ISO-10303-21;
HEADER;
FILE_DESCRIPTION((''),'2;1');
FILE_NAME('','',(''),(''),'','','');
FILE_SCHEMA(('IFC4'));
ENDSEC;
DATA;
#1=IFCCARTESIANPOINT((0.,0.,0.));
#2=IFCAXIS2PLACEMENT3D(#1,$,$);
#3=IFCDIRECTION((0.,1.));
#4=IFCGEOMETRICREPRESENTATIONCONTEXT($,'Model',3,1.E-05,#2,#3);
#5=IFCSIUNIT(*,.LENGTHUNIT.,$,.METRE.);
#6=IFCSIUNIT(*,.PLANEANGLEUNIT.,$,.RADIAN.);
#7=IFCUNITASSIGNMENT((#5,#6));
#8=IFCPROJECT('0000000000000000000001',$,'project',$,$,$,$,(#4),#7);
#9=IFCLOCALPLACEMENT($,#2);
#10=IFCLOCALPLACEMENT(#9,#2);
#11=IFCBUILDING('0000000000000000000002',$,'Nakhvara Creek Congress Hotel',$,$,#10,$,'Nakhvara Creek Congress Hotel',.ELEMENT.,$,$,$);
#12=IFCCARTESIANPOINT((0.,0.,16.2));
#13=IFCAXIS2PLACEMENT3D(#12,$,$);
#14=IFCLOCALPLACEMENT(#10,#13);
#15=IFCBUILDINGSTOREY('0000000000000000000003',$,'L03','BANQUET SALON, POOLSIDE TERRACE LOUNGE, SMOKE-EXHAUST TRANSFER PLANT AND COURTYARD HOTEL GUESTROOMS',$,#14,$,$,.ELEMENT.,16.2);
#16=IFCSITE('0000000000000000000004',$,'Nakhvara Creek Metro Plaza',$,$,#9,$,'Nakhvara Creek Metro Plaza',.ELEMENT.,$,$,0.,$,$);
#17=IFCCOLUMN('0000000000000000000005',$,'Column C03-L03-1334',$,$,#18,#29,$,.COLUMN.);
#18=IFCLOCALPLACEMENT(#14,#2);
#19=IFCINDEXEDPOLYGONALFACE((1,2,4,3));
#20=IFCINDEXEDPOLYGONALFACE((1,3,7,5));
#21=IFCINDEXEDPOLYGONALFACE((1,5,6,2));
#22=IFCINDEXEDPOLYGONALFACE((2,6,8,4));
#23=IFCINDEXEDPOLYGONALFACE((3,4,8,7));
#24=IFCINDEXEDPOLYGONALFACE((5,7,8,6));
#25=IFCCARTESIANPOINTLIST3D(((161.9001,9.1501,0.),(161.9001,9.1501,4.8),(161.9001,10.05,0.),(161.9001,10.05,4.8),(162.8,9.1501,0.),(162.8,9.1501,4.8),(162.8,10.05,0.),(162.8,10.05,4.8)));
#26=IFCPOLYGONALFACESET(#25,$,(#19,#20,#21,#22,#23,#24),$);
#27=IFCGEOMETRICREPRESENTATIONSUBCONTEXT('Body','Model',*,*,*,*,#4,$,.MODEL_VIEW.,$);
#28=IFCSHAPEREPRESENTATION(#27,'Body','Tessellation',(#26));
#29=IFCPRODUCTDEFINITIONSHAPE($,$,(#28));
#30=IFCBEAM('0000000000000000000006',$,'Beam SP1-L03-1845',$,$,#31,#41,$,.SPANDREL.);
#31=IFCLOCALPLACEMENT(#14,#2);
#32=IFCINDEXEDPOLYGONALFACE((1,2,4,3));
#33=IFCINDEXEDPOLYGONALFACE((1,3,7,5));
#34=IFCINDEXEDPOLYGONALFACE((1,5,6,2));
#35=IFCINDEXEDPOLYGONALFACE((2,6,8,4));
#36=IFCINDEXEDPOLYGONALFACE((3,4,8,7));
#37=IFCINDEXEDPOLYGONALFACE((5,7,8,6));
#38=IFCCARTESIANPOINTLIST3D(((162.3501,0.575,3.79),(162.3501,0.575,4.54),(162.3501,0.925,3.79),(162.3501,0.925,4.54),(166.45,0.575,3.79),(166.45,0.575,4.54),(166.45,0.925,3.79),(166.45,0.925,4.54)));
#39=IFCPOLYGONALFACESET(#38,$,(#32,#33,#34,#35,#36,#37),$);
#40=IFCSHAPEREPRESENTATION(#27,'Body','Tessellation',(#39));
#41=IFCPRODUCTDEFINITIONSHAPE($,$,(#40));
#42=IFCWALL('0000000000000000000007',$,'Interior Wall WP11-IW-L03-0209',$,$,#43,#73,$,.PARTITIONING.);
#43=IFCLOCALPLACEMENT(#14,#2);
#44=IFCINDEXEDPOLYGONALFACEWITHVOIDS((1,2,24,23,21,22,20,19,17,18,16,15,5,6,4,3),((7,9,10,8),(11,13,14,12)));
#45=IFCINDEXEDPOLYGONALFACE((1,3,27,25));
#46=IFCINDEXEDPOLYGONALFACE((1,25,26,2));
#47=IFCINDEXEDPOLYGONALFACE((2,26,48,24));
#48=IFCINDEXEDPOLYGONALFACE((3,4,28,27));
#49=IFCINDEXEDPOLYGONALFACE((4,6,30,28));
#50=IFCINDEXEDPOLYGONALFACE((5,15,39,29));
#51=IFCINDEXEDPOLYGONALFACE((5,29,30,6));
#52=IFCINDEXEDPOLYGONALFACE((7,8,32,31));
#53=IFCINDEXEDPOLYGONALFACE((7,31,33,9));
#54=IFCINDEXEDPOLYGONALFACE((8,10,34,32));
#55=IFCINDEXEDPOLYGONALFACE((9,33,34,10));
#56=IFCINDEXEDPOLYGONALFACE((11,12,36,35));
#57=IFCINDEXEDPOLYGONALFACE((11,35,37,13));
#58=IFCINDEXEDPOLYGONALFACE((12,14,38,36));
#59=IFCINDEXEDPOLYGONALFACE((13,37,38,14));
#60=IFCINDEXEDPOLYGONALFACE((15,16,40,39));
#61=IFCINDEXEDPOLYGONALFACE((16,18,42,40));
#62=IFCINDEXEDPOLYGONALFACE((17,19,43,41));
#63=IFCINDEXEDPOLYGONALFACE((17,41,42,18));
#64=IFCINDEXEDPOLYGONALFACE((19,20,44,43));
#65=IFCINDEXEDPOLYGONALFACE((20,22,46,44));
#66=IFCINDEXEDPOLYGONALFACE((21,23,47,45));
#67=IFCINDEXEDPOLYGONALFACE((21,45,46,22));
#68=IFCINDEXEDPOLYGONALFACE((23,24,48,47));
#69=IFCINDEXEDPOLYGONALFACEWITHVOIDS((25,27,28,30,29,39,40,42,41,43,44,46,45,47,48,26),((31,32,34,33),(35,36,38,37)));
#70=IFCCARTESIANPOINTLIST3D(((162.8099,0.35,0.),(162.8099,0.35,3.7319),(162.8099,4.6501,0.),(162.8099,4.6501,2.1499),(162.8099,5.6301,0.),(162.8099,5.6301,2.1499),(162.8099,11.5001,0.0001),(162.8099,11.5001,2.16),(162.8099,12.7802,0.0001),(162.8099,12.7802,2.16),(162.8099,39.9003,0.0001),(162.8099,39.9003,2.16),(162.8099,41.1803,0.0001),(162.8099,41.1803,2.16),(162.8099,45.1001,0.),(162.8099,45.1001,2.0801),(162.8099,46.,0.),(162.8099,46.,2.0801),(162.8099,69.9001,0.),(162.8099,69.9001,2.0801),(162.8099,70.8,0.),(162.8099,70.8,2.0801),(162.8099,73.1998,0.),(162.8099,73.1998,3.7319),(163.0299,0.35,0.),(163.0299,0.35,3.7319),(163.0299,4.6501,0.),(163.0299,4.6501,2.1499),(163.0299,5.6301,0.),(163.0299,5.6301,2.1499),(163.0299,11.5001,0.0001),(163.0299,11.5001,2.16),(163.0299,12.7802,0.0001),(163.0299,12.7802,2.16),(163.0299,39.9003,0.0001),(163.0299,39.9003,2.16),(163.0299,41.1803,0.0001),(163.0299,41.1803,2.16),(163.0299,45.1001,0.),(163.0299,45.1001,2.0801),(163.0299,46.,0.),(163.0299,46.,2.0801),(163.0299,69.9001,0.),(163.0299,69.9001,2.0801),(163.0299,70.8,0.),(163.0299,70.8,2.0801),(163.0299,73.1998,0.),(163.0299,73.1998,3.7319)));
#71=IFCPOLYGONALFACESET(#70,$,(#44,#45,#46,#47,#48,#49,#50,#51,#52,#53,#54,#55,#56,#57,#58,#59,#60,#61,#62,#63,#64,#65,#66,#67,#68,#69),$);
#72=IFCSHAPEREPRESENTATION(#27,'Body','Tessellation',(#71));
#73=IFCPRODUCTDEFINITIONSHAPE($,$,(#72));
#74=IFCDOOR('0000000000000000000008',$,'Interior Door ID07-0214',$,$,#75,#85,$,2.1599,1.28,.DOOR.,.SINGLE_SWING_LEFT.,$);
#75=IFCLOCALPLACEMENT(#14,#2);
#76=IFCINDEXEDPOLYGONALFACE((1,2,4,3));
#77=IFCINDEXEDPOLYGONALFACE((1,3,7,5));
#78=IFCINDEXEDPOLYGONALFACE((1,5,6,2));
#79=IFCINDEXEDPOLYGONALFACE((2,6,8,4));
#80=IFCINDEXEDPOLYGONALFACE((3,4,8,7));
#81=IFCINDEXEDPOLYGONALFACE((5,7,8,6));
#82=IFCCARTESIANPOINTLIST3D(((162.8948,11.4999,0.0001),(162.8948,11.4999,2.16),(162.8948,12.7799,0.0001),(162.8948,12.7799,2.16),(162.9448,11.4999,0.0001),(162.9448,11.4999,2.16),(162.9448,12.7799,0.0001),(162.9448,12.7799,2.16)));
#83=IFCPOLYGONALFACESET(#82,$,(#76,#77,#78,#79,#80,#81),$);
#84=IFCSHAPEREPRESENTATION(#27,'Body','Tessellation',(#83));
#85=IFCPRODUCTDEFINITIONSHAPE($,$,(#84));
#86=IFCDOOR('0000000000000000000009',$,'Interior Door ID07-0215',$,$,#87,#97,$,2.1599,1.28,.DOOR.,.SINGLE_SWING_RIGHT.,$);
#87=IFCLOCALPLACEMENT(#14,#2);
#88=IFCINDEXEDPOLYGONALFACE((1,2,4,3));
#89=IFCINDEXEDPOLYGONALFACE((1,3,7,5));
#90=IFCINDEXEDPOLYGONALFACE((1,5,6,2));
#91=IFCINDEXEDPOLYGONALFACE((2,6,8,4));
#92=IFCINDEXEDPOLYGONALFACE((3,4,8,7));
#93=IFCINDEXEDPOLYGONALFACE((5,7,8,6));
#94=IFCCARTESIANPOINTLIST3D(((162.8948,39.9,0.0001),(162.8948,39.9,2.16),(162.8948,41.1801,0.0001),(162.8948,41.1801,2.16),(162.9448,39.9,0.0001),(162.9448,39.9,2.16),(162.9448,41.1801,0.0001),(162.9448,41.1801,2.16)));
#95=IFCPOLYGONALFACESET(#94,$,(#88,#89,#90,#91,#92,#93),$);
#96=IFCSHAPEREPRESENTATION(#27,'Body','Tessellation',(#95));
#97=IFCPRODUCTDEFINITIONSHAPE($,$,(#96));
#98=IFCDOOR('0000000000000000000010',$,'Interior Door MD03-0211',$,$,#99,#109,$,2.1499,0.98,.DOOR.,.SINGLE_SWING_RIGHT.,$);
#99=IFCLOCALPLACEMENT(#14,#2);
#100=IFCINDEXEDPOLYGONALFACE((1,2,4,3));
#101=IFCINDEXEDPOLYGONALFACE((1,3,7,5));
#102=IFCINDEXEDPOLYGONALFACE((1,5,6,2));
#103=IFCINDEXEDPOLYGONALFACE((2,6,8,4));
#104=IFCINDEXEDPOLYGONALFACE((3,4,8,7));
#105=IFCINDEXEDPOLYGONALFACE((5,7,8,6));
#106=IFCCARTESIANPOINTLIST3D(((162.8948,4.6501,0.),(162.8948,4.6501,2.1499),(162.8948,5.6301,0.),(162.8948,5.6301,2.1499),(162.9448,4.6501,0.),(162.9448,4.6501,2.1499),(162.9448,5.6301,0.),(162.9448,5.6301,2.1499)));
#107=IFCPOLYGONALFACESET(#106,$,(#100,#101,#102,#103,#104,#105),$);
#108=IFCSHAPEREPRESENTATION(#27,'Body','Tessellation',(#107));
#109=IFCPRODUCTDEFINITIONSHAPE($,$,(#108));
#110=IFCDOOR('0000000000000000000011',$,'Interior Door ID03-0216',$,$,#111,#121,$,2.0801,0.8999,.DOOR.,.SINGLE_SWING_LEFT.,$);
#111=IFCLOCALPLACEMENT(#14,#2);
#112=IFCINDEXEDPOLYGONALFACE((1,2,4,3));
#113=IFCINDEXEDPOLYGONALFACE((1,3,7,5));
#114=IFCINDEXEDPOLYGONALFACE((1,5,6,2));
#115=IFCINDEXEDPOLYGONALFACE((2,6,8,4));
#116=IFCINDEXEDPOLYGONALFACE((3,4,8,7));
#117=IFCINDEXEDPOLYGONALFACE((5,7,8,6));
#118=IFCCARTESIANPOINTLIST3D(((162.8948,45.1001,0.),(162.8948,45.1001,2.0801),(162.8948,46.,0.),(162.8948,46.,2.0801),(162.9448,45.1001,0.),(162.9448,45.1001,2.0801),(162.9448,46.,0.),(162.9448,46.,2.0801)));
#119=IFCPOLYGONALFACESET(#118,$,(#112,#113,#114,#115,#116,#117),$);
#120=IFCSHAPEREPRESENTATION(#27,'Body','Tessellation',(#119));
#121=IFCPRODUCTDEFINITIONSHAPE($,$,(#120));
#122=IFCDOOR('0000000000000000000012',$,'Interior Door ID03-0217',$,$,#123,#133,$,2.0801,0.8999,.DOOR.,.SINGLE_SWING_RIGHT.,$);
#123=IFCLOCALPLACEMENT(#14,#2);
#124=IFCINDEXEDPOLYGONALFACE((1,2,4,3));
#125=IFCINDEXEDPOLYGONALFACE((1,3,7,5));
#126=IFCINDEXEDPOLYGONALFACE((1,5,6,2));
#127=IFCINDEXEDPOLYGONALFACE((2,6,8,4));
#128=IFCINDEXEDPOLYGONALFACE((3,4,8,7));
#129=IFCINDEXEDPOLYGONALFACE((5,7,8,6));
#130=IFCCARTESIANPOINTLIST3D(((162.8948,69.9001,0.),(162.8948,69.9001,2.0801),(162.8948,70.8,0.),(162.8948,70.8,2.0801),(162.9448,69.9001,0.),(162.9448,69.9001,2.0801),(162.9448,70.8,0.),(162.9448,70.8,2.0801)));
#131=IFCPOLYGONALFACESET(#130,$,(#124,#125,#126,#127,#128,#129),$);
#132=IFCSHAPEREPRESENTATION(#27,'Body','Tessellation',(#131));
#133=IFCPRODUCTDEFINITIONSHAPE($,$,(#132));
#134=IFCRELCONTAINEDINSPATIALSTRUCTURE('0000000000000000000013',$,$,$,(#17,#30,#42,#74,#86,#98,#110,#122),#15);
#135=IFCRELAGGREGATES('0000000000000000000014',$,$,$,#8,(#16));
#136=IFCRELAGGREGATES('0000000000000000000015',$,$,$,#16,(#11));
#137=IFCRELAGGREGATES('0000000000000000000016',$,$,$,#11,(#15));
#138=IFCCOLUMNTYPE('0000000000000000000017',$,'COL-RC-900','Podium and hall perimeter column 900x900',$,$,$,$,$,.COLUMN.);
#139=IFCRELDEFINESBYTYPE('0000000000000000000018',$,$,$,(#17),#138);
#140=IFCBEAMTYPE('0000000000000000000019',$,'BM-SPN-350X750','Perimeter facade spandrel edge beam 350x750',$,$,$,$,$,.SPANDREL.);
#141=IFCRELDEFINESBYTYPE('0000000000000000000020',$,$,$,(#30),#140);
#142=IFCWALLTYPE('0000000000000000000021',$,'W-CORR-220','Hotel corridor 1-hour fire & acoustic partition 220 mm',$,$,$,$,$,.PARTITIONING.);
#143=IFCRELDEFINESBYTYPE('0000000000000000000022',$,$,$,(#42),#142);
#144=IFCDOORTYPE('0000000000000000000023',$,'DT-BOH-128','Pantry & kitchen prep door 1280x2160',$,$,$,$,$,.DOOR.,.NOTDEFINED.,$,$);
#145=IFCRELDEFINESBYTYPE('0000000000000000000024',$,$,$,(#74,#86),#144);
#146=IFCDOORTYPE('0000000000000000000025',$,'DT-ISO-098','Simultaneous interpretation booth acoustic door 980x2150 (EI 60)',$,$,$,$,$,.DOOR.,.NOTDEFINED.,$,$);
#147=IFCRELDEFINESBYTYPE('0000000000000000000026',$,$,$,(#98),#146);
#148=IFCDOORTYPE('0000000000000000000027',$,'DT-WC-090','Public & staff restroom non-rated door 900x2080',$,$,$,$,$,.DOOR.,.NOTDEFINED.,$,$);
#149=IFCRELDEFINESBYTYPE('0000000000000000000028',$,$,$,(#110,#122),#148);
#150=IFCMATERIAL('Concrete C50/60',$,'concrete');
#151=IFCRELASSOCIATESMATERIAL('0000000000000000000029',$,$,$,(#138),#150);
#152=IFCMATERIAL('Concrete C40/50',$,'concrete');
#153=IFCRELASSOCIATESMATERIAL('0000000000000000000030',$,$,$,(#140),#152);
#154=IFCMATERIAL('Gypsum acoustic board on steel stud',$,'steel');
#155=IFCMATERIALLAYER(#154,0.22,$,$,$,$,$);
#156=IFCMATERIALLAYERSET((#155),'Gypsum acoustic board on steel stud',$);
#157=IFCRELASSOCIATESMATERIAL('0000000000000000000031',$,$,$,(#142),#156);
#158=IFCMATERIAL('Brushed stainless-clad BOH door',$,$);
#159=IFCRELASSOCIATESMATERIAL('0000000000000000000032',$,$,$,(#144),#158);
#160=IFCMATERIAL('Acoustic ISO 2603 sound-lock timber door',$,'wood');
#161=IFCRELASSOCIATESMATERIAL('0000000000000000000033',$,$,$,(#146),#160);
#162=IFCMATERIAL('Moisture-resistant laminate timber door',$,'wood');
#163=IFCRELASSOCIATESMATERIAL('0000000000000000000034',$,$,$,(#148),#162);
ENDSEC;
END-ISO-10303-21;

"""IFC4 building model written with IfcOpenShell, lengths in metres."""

from ifc_helpers import new_model, si_unit, direction, frame, frame_2d, origin, origin_2d, place, context, subcontext, project, spatial, rectangle, extrude, material, layer, layer_set, material_profile, profile_set, type_object, element, fill, save


model = new_model("IFC4")

# Units and contexts
model_context = context("Model", 3, precision=1e-05, world=origin(), true_north=direction((0.0, 1.0)))
body_context = subcontext(model_context, "Body", "Model", "MODEL_VIEW")
ifc_project = project(units=[si_unit("LENGTHUNIT", "METRE"), si_unit("PLANEANGLEUNIT", "RADIAN")], contexts=[model_context])

# Site, building, storey
site_placement = place(None, origin())
site = spatial("IfcSite", under=ifc_project, at=site_placement, Name="Nakhvara Creek Metro Plaza", LongName="Nakhvara Creek Metro Plaza", CompositionType="ELEMENT", RefElevation=0.0)
building_placement = place(site_placement, origin())
building = spatial("IfcBuilding", under=site, at=building_placement, Name="Nakhvara Creek Congress Hotel", LongName="Nakhvara Creek Congress Hotel", CompositionType="ELEMENT")
storey_placement = place(building_placement, frame((0.0, 0.0, 16.2)))
storey = spatial("IfcBuildingStorey", under=building, at=storey_placement, Name="L03", Description="BANQUET SALON, POOLSIDE TERRACE LOUNGE, SMOKE-EXHAUST TRANSFER PLANT AND COURTYARD HOTEL GUESTROOMS", CompositionType="ELEMENT", Elevation=16.2)

# Column
ifc_material_1 = material(Name="Concrete C50/60", Category="concrete")
ifc_material_profile_1 = material_profile(ifc_material_1, rectangle(XDim=0.8999, YDim=0.8999, at=origin_2d()), Name="RC-COL 900x900", Category="LoadBearing")
ifc_profile_set_1 = profile_set([ifc_material_profile_1], Name="Concrete C50/60")
column_type = type_object("IfcColumnType", Name="COL-RC-900", Description="Podium and hall perimeter column 900x900", PredefinedType="COLUMN", material=ifc_profile_set_1)
column_placement = place(storey_placement, frame((162.3501, 9.6001, 0.0), z_axis=(0.0, 0.0, 1.0), x_axis=(1.0, 0.0, 0.0)))
element("IfcColumn", 1, at=column_placement, inside=storey, type_object=column_type, Name="Column C03-L03-1334", PredefinedType="COLUMN", context=body_context, shape_type="SweptSolid", body=[
    extrude(rectangle(XDim=0.8999, YDim=0.8999, at=origin_2d()), origin(), (0.0, 0.0, 1.0), 4.8),
])

# Beam
ifc_material_2 = material(Name="Concrete C40/50", Category="concrete")
ifc_material_profile_2 = material_profile(ifc_material_2, rectangle(XDim=0.3501, YDim=0.75, at=origin_2d()), Name="RC-SPANDREL 350x750", Category="LoadBearing")
ifc_profile_set_2 = profile_set([ifc_material_profile_2], Name="Concrete C40/50")
beam_type = type_object("IfcBeamType", Name="BM-SPN-350X750", Description="Perimeter facade spandrel edge beam 350x750", PredefinedType="SPANDREL", material=ifc_profile_set_2)
beam_placement = place(storey_placement, frame((162.3501, 0.75, 4.165), z_axis=(1.0, 0.0, 0.0), x_axis=(0.0, 1.0, 0.0)))
element("IfcBeam", 2, at=beam_placement, inside=storey, type_object=beam_type, Name="Beam SP1-L03-1845", PredefinedType="SPANDREL", context=body_context, shape_type="SweptSolid", body=[
    extrude(rectangle(XDim=0.3501, YDim=0.75, at=origin_2d()), origin(), (0.0, 0.0, 1.0), 4.0999),
])

# Wall, openings, doors
ifc_material_3 = material(Name="Gypsum acoustic board on steel stud", Category="steel")
ifc_layer_1 = layer(ifc_material_3, 0.22)
ifc_layer_set_1 = layer_set([ifc_layer_1], Name="Gypsum acoustic board on steel stud")
wall_type_1 = type_object("IfcWallType", Name="W-CORR-220", Description="Hotel corridor 1-hour fire & acoustic partition 220 mm", PredefinedType="PARTITIONING", material=ifc_layer_set_1)
wall_1_placement = place(storey_placement, frame((162.9199, 0.3501, 0.0), z_axis=(0.0, 0.0, 1.0), x_axis=(0.0, 1.0, 0.0)))
wall_1 = element("IfcWall", 3, at=wall_1_placement, inside=storey, type_object=wall_type_1, Name="Interior Wall WP11-IW-L03-0209", PredefinedType="PARTITIONING", context=body_context, shape_type="SweptSolid", body=[
    extrude(rectangle(XDim=72.8499, YDim=0.22, at=frame_2d((36.4248, 0.0))), origin(), (0.0, 0.0, 1.0), 3.7319),
])
opening_1_placement = place(wall_1_placement, frame((4.3, 0.0, 0.0)))
opening_1 = element("IfcOpeningElement", 4, at=opening_1_placement, cuts=wall_1, PredefinedType="OPENING", context=body_context, shape_type="SweptSolid", body=[
    extrude(rectangle(XDim=0.98, YDim=2.1499, at=frame_2d((0.49, 1.075))), frame((0.0, 0.1221, 0.0), z_axis=(0.0, -1.0, 0.0), x_axis=(1.0, 0.0, 0.0)), (0.0, 0.0, 1.0), 0.2439),
])
opening_2_placement = place(wall_1_placement, frame((11.1499, 0.0, 0.0)))
opening_2 = element("IfcOpeningElement", 5, at=opening_2_placement, cuts=wall_1, PredefinedType="OPENING", context=body_context, shape_type="SweptSolid", body=[
    extrude(rectangle(XDim=1.28, YDim=2.1599, at=frame_2d((0.6401, 1.0801))), frame((0.0, 0.1221, 0.0), z_axis=(0.0, -1.0, 0.0), x_axis=(1.0, 0.0, 0.0)), (0.0, 0.0, 1.0), 0.2439),
])
opening_3_placement = place(wall_1_placement, frame((39.55, 0.0, 0.0)))
opening_3 = element("IfcOpeningElement", 6, at=opening_3_placement, cuts=wall_1, PredefinedType="OPENING", context=body_context, shape_type="SweptSolid", body=[
    extrude(rectangle(XDim=1.28, YDim=2.1599, at=frame_2d((0.6401, 1.0801))), frame((0.0, 0.1221, 0.0), z_axis=(0.0, -1.0, 0.0), x_axis=(1.0, 0.0, 0.0)), (0.0, 0.0, 1.0), 0.2439),
])
opening_4_placement = place(wall_1_placement, frame((44.75, 0.0, 0.0)))
opening_4 = element("IfcOpeningElement", 7, at=opening_4_placement, cuts=wall_1, PredefinedType="OPENING", context=body_context, shape_type="SweptSolid", body=[
    extrude(rectangle(XDim=0.8999, YDim=2.0801, at=frame_2d((0.45, 1.04))), frame((0.0, 0.1221, 0.0), z_axis=(0.0, -1.0, 0.0), x_axis=(1.0, 0.0, 0.0)), (0.0, 0.0, 1.0), 0.2439),
])
opening_5_placement = place(wall_1_placement, frame((69.55, 0.0, 0.0)))
opening_5 = element("IfcOpeningElement", 8, at=opening_5_placement, cuts=wall_1, PredefinedType="OPENING", context=body_context, shape_type="SweptSolid", body=[
    extrude(rectangle(XDim=0.8999, YDim=2.0801, at=frame_2d((0.45, 1.04))), frame((0.0, 0.1221, 0.0), z_axis=(0.0, -1.0, 0.0), x_axis=(1.0, 0.0, 0.0)), (0.0, 0.0, 1.0), 0.2439),
])
ifc_material_4 = material(Name="Brushed stainless-clad BOH door")
door_type_1 = type_object("IfcDoorType", Name="DT-BOH-128", Description="Pantry & kitchen prep door 1280x2160", OperationType="NOTDEFINED", PredefinedType="DOOR", material=ifc_material_4)
door_1_placement = place(opening_2_placement, frame((1.28, 0.0, 0.0), z_axis=(0.0, 0.0, 1.0), x_axis=(-1.0, 0.0, 0.0)))
door_1 = element("IfcDoor", 9, at=door_1_placement, inside=storey, type_object=door_type_1, Name="Interior Door ID07-0214", OperationType="SINGLE_SWING_LEFT", OverallHeight=2.1599, OverallWidth=1.28, PredefinedType="DOOR", context=body_context, shape_type="SweptSolid", body=[
    extrude(rectangle(XDim=1.28, YDim=2.1599, at=frame_2d((0.6401, 1.0801))), frame((0.0, 0.0249, 0.0), z_axis=(0.0, -1.0, 0.0), x_axis=(1.0, 0.0, 0.0)), (0.0, 0.0, 1.0), 0.05),
])
fill(opening_2, door_1)
door_2_placement = place(opening_3_placement, frame((1.28, 0.0, 0.0), z_axis=(0.0, 0.0, 1.0), x_axis=(-1.0, 0.0, 0.0)))
door_2 = element("IfcDoor", 10, at=door_2_placement, inside=storey, type_object=door_type_1, Name="Interior Door ID07-0215", OperationType="SINGLE_SWING_RIGHT", OverallHeight=2.1599, OverallWidth=1.28, PredefinedType="DOOR", context=body_context, shape_type="SweptSolid", body=[
    extrude(rectangle(XDim=1.28, YDim=2.1599, at=frame_2d((0.6401, 1.0801))), frame((0.0, 0.0249, 0.0), z_axis=(0.0, -1.0, 0.0), x_axis=(1.0, 0.0, 0.0)), (0.0, 0.0, 1.0), 0.05),
])
fill(opening_3, door_2)
ifc_material_5 = material(Name="Acoustic ISO 2603 sound-lock timber door", Category="wood")
door_type_2 = type_object("IfcDoorType", Name="DT-ISO-098", Description="Simultaneous interpretation booth acoustic door 980x2150 (EI 60)", OperationType="NOTDEFINED", PredefinedType="DOOR", material=ifc_material_5)
door_3_placement = place(opening_1_placement, frame((0.98, 0.0, 0.0), z_axis=(0.0, 0.0, 1.0), x_axis=(-1.0, 0.0, 0.0)))
door_3 = element("IfcDoor", 11, at=door_3_placement, inside=storey, type_object=door_type_2, Name="Interior Door MD03-0211", OperationType="SINGLE_SWING_RIGHT", OverallHeight=2.1499, OverallWidth=0.98, PredefinedType="DOOR", context=body_context, shape_type="SweptSolid", body=[
    extrude(rectangle(XDim=0.98, YDim=2.1499, at=frame_2d((0.49, 1.075))), frame((0.0, 0.0249, 0.0), z_axis=(0.0, -1.0, 0.0), x_axis=(1.0, 0.0, 0.0)), (0.0, 0.0, 1.0), 0.05),
])
fill(opening_1, door_3)
ifc_material_6 = material(Name="Moisture-resistant laminate timber door", Category="wood")
door_type_3 = type_object("IfcDoorType", Name="DT-WC-090", Description="Public & staff restroom non-rated door 900x2080", OperationType="NOTDEFINED", PredefinedType="DOOR", material=ifc_material_6)
door_4_placement = place(opening_4_placement, frame((0.8999, 0.0, 0.0), z_axis=(0.0, 0.0, 1.0), x_axis=(-1.0, 0.0, 0.0)))
door_4 = element("IfcDoor", 12, at=door_4_placement, inside=storey, type_object=door_type_3, Name="Interior Door ID03-0216", OperationType="SINGLE_SWING_LEFT", OverallHeight=2.0801, OverallWidth=0.8999, PredefinedType="DOOR", context=body_context, shape_type="SweptSolid", body=[
    extrude(rectangle(XDim=0.8999, YDim=2.0801, at=frame_2d((0.45, 1.04))), frame((0.0, 0.0249, 0.0), z_axis=(0.0, -1.0, 0.0), x_axis=(1.0, 0.0, 0.0)), (0.0, 0.0, 1.0), 0.05),
])
fill(opening_4, door_4)
door_5_placement = place(opening_5_placement, frame((0.8999, 0.0, 0.0), z_axis=(0.0, 0.0, 1.0), x_axis=(-1.0, 0.0, 0.0)))
door_5 = element("IfcDoor", 13, at=door_5_placement, inside=storey, type_object=door_type_3, Name="Interior Door ID03-0217", OperationType="SINGLE_SWING_RIGHT", OverallHeight=2.0801, OverallWidth=0.8999, PredefinedType="DOOR", context=body_context, shape_type="SweptSolid", body=[
    extrude(rectangle(XDim=0.8999, YDim=2.0801, at=frame_2d((0.45, 1.04))), frame((0.0, 0.0249, 0.0), z_axis=(0.0, -1.0, 0.0), x_axis=(1.0, 0.0, 0.0)), (0.0, 0.0, 1.0), 0.05),
])
fill(opening_5, door_5)

save(model, "model.ifc")
